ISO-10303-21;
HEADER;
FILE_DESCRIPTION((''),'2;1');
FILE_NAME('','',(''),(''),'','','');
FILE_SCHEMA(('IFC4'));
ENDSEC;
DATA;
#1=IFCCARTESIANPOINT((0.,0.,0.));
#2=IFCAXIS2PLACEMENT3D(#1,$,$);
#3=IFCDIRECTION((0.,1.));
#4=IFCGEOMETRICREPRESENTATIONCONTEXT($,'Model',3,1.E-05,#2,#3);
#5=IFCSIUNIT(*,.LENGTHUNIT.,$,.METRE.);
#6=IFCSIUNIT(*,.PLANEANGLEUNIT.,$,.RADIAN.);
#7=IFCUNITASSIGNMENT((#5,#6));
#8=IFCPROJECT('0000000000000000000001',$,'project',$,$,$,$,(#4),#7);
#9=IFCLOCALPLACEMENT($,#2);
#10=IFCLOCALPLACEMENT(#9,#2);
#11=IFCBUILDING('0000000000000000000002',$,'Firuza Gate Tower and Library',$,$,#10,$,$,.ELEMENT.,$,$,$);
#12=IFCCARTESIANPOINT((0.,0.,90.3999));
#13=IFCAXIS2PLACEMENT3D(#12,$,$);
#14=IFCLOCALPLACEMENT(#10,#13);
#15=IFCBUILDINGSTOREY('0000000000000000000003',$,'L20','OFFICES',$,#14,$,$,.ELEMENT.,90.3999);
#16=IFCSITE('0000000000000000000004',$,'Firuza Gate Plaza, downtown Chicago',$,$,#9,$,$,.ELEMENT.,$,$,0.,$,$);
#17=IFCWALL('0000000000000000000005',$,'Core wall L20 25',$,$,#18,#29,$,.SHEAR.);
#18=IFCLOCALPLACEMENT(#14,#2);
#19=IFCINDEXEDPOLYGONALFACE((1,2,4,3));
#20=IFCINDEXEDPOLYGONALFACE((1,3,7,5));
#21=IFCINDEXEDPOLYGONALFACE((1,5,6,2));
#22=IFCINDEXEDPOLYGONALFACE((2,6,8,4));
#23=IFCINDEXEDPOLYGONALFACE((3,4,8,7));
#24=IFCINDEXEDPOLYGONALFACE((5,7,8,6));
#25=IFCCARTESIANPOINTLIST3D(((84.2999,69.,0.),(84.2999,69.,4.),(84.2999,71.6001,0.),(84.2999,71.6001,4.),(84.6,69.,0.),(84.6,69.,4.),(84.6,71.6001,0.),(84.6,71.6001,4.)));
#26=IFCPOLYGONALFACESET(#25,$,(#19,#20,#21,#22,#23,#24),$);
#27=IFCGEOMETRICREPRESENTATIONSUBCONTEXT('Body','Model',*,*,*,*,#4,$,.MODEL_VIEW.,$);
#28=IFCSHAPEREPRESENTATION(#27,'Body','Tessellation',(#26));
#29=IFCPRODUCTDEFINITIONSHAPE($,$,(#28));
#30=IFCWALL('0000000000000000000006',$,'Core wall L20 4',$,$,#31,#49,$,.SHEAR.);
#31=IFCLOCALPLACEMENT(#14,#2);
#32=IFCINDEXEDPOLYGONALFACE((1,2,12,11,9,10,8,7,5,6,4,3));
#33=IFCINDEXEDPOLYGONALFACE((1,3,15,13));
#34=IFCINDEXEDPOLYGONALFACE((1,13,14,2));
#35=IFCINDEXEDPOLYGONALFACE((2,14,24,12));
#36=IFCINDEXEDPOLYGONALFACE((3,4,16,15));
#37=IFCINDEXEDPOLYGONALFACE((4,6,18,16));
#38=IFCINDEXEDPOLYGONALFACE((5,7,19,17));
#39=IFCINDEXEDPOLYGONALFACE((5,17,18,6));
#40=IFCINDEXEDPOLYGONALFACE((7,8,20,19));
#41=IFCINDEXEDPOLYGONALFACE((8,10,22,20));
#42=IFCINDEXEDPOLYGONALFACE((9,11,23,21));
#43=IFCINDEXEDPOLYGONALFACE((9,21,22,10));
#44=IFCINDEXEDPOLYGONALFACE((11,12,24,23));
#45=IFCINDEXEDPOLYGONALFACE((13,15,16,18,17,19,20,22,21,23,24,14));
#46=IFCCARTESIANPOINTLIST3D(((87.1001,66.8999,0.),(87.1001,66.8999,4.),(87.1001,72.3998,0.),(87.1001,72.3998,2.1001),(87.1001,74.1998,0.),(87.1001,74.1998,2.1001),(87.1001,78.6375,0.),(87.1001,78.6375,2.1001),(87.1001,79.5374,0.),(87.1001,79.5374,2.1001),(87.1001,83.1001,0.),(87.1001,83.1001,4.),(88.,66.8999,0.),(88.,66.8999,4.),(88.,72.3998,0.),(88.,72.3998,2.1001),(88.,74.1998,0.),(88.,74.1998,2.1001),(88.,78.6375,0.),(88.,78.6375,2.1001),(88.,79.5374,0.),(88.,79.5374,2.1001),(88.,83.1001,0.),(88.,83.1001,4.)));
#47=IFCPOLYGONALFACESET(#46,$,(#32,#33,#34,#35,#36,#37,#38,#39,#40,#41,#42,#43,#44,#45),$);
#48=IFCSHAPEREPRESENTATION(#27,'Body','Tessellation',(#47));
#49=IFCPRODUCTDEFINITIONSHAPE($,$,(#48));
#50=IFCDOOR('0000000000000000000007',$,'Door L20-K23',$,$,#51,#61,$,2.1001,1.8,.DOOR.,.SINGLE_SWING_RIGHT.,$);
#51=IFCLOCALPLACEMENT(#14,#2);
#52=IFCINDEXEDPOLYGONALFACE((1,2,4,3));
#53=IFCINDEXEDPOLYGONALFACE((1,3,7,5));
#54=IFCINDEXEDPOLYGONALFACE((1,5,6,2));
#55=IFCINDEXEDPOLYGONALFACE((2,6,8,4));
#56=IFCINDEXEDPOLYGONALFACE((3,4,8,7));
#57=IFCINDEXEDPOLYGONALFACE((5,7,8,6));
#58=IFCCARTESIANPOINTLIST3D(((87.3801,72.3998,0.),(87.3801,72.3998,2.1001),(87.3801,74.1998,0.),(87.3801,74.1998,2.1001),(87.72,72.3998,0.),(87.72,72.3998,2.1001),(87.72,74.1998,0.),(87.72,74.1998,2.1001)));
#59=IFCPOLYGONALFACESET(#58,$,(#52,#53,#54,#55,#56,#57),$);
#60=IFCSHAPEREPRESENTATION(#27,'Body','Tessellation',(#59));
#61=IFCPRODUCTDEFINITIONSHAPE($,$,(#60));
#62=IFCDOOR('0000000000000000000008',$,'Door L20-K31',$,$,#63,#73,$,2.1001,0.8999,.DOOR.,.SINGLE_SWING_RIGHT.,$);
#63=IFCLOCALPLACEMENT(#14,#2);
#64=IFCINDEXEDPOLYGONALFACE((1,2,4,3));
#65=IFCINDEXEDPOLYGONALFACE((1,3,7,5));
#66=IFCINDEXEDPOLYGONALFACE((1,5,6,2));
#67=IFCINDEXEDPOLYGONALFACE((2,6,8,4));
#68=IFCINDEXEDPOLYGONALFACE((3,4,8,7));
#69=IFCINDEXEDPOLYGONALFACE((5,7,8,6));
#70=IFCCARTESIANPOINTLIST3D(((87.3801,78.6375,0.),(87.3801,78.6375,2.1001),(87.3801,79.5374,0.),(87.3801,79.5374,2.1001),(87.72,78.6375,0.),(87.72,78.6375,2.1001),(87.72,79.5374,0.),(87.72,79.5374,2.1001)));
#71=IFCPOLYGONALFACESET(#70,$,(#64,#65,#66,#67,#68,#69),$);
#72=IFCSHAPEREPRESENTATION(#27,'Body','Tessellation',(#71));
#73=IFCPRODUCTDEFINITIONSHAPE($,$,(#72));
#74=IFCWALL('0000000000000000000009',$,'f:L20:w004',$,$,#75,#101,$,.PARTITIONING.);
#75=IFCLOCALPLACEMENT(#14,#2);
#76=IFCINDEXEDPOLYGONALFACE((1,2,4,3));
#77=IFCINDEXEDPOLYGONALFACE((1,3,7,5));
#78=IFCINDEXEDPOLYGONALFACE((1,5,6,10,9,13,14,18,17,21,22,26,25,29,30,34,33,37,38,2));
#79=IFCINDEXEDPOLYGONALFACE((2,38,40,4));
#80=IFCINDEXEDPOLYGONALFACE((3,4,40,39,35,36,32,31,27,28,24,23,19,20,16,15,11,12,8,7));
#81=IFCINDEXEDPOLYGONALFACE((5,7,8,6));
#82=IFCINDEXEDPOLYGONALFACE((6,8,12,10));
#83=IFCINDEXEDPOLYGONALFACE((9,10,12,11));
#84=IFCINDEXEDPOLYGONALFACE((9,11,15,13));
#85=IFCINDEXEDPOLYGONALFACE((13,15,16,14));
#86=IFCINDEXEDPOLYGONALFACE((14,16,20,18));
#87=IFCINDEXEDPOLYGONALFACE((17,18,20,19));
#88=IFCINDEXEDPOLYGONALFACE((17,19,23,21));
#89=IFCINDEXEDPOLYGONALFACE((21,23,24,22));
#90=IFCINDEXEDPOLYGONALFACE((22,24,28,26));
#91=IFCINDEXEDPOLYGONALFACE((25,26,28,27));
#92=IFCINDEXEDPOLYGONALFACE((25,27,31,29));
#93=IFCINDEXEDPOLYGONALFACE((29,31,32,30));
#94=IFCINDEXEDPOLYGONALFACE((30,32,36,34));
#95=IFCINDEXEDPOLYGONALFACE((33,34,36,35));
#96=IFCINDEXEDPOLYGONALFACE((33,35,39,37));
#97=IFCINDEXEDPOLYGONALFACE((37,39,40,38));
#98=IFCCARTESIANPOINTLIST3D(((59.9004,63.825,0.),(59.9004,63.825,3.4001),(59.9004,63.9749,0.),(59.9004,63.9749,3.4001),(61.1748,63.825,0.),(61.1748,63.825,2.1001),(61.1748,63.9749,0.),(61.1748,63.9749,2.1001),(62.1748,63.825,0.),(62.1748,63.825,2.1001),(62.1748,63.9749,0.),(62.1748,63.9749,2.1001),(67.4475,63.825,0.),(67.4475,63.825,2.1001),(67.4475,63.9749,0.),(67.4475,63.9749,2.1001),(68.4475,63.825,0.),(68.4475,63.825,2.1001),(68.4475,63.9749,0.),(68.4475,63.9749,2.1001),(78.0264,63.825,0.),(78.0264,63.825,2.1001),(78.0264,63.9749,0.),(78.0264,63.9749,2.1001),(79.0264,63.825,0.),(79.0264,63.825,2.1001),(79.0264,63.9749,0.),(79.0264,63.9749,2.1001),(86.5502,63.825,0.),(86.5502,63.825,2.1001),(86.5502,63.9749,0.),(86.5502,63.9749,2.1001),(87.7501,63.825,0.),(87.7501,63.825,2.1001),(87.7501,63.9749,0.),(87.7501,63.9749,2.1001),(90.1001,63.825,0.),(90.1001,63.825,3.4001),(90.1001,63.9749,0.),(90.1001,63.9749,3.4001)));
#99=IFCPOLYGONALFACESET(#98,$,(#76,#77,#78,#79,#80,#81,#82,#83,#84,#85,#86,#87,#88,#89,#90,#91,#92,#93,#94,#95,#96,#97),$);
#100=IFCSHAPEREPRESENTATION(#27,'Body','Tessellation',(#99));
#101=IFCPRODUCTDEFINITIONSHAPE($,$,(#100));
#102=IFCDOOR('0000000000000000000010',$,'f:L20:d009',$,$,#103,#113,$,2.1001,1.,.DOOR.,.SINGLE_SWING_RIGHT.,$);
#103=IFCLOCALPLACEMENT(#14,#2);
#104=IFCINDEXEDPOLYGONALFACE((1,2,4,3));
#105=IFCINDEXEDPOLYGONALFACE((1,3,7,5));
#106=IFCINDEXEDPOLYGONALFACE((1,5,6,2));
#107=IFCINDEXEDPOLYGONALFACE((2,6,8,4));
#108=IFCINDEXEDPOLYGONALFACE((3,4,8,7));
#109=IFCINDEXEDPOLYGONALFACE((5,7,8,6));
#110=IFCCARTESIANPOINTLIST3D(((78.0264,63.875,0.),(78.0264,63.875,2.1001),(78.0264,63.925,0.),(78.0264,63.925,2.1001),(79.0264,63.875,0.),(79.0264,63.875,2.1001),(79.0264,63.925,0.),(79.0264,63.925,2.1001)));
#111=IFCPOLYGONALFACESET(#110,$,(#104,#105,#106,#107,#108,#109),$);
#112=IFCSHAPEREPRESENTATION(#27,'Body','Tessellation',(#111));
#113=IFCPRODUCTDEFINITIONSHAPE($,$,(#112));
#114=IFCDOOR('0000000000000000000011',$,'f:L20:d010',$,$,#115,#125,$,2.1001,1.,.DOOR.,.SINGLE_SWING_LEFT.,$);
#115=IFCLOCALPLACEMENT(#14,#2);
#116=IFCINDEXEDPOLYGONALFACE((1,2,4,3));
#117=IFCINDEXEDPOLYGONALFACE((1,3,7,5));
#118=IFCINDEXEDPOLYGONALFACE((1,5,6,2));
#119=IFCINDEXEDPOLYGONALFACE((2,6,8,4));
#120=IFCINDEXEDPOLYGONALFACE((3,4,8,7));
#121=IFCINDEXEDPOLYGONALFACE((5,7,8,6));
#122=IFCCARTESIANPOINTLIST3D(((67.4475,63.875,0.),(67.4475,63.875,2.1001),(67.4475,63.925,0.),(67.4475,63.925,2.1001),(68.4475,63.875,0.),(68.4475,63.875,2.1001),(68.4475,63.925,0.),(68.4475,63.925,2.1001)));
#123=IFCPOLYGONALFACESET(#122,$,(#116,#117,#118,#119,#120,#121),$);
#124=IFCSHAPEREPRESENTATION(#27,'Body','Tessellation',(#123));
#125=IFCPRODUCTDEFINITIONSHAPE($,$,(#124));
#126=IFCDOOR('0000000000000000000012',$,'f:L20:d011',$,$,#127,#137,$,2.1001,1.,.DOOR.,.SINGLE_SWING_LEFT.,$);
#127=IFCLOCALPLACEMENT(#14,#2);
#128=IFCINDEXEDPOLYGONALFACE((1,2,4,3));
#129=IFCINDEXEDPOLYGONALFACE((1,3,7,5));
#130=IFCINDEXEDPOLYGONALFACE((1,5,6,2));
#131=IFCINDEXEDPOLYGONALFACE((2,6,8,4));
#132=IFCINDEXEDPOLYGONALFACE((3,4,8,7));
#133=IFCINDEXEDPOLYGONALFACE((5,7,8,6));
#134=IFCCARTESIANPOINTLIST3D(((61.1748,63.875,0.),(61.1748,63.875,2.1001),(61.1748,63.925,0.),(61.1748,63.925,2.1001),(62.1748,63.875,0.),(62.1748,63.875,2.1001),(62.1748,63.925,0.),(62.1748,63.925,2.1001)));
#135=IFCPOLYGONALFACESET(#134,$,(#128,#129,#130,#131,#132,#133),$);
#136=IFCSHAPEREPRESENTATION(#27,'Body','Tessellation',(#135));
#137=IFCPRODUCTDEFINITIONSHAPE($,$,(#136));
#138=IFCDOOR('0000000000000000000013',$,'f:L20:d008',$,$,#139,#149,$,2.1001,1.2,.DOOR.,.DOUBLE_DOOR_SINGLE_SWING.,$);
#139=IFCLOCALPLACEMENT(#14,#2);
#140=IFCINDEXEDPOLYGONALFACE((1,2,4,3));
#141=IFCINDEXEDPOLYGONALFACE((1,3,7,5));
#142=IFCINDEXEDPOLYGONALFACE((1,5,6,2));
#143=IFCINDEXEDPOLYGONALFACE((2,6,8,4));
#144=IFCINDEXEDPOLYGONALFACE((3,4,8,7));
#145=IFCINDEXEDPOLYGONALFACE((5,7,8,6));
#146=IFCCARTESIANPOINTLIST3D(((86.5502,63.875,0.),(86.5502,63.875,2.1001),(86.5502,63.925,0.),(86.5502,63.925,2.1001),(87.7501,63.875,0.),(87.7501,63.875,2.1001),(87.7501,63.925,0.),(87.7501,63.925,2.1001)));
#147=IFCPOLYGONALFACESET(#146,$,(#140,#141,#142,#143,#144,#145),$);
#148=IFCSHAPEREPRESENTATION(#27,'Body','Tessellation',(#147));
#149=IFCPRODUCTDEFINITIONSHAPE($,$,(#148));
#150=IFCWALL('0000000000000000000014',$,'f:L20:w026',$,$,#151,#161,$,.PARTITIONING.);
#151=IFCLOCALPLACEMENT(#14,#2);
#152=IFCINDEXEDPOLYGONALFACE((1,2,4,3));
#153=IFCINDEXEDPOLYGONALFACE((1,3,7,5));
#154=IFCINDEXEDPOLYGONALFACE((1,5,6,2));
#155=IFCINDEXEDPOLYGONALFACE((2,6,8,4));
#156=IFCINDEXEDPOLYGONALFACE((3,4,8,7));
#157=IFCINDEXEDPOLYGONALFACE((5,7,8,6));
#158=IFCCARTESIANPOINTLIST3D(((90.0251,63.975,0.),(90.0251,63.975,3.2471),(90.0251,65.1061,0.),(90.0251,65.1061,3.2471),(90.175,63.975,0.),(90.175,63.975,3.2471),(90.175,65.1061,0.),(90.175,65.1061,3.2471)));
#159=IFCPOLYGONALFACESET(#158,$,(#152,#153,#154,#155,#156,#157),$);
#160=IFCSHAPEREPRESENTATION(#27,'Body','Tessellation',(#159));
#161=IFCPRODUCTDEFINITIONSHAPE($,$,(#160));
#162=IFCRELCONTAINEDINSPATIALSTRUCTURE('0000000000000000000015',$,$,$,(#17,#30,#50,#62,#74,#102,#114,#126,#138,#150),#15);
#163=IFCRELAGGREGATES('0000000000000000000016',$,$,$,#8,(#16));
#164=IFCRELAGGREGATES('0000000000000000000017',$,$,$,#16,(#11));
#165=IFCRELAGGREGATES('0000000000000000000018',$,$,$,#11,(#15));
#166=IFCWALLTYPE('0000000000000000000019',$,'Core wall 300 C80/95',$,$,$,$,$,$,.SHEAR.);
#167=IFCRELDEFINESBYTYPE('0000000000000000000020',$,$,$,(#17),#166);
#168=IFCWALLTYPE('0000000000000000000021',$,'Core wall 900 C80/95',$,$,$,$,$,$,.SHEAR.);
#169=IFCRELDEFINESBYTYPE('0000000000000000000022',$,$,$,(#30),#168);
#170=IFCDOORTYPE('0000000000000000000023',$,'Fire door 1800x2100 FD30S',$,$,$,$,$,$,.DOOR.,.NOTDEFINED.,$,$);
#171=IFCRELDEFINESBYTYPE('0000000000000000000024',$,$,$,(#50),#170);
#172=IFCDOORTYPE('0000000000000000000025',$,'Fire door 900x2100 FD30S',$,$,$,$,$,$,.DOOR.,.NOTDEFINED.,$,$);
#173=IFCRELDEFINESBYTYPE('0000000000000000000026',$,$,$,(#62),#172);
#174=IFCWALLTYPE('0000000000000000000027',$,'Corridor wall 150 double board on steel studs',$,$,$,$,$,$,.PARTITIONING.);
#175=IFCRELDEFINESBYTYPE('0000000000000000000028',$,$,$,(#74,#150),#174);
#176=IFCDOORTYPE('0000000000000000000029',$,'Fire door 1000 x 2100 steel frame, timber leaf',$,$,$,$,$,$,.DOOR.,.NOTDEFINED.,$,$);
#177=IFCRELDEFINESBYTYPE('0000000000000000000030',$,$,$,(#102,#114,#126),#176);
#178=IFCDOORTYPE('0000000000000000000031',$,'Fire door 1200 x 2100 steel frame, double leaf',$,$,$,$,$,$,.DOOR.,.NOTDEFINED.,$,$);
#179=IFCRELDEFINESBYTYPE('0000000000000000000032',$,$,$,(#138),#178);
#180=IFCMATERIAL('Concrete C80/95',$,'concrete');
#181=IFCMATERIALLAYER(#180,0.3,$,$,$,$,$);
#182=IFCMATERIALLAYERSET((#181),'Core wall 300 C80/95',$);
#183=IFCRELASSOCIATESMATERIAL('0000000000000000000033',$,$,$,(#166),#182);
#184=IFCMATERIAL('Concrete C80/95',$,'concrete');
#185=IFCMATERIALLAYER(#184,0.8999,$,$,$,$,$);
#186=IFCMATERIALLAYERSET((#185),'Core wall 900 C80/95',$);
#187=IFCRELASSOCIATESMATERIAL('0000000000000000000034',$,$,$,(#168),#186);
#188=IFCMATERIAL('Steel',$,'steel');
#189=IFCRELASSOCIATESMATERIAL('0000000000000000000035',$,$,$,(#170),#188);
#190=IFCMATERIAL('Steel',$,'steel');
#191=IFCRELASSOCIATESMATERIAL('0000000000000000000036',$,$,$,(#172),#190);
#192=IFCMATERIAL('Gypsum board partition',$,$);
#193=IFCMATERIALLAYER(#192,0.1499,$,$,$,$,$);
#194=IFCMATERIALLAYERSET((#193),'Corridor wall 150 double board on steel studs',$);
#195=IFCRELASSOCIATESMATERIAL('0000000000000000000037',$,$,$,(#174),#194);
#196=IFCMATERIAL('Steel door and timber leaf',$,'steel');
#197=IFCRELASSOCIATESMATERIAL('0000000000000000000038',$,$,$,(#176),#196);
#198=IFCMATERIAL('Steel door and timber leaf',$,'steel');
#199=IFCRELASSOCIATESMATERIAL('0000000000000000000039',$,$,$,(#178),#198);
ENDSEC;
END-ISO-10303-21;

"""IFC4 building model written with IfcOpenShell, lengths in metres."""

from ifc_helpers import new_model, si_unit, direction, frame, frame_2d, origin, place, context, subcontext, project, spatial, rectangle, extrude, material, layer, layer_set, type_object, element, fill, save


model = new_model("IFC4")

# Units and contexts
model_context = context("Model", 3, precision=1e-05, world=origin(), true_north=direction((0.0, 1.0)))
body_context = subcontext(model_context, "Body", "Model", "MODEL_VIEW")
ifc_project = project(units=[si_unit("LENGTHUNIT", "METRE"), si_unit("PLANEANGLEUNIT", "RADIAN")], contexts=[model_context])

# Site, building, storey
site_placement = place(None, origin())
site = spatial("IfcSite", under=ifc_project, at=site_placement, Name="Firuza Gate Plaza, downtown Chicago", CompositionType="ELEMENT", RefElevation=0.0)
building_placement = place(site_placement, origin())
building = spatial("IfcBuilding", under=site, at=building_placement, Name="Firuza Gate Tower and Library", CompositionType="ELEMENT")
storey_placement = place(building_placement, frame((0.0, 0.0, 90.3999)))
storey = spatial("IfcBuildingStorey", under=building, at=storey_placement, Name="L20", Description="OFFICES", CompositionType="ELEMENT", Elevation=90.3999)

# Wall
ifc_material_1 = material(Name="Concrete C80/95", Category="concrete")
ifc_layer_1 = layer(ifc_material_1, 0.3)
ifc_layer_set_1 = layer_set([ifc_layer_1], Name="Core wall 300 C80/95")
wall_type_1 = type_object("IfcWallType", Name="Core wall 300 C80/95", PredefinedType="SHEAR", material=ifc_layer_set_1)
wall_1_placement = place(storey_placement, frame((84.45, 69.0, 0.0), z_axis=(0.0, 0.0, 1.0), x_axis=(0.0, 1.0, 0.0)))
element("IfcWall", 1, at=wall_1_placement, inside=storey, type_object=wall_type_1, Name="Core wall L20 25", PredefinedType="SHEAR", context=body_context, shape_type="SweptSolid", body=[
    extrude(rectangle(XDim=2.6001, YDim=0.3, at=frame_2d((1.3, 0.0))), origin(), (0.0, 0.0, 1.0), 4.0),
])

# Walls, openings, doors
ifc_material_2 = material(Name="Concrete C80/95", Category="concrete")
ifc_layer_2 = layer(ifc_material_2, 0.8999)
ifc_layer_set_2 = layer_set([ifc_layer_2], Name="Core wall 900 C80/95")
wall_type_2 = type_object("IfcWallType", Name="Core wall 900 C80/95", PredefinedType="SHEAR", material=ifc_layer_set_2)
wall_2_placement = place(storey_placement, frame((87.55, 66.8999, 0.0), z_axis=(0.0, 0.0, 1.0), x_axis=(0.0, 1.0, 0.0)))
wall_2 = element("IfcWall", 2, at=wall_2_placement, inside=storey, type_object=wall_type_2, Name="Core wall L20 4", PredefinedType="SHEAR", context=body_context, shape_type="SweptSolid", body=[
    extrude(rectangle(XDim=16.2002, YDim=0.8999, at=frame_2d((8.1001, 0.0))), origin(), (0.0, 0.0, 1.0), 4.0),
])
opening_1_placement = place(wall_2_placement, frame((5.5, 0.0, 0.0)))
opening_1 = element("IfcOpeningElement", 3, at=opening_1_placement, cuts=wall_2, PredefinedType="OPENING", context=body_context, shape_type="SweptSolid", body=[
    extrude(rectangle(XDim=1.8, YDim=2.1001, at=frame_2d((0.8999, 1.05))), frame((0.0, 0.46, 0.0), z_axis=(0.0, -1.0, 0.0), x_axis=(1.0, 0.0, 0.0)), (0.0, 0.0, 1.0), 0.9199),
])
opening_2_placement = place(wall_2_placement, frame((11.7375, 0.0, 0.0)))
opening_2 = element("IfcOpeningElement", 4, at=opening_2_placement, cuts=wall_2, PredefinedType="OPENING", context=body_context, shape_type="SweptSolid", body=[
    extrude(rectangle(XDim=0.8999, YDim=2.1001, at=frame_2d((0.45, 1.05))), frame((0.0, 0.46, 0.0), z_axis=(0.0, -1.0, 0.0), x_axis=(1.0, 0.0, 0.0)), (0.0, 0.0, 1.0), 0.9199),
])
ifc_material_3 = material(Name="Steel", Category="steel")
door_type_1 = type_object("IfcDoorType", Name="Fire door 1800x2100 FD30S", OperationType="NOTDEFINED", PredefinedType="DOOR", material=ifc_material_3)
door_1_placement = place(opening_1_placement, origin())
door_1 = element("IfcDoor", 5, at=door_1_placement, inside=storey, type_object=door_type_1, Name="Door L20-K23", OperationType="SINGLE_SWING_RIGHT", OverallHeight=2.1001, OverallWidth=1.8, PredefinedType="DOOR", context=body_context, shape_type="SweptSolid", body=[
    extrude(rectangle(XDim=1.8, YDim=2.1001, at=frame_2d((0.8999, 1.05))), frame((0.0, 0.1699, 0.0), z_axis=(0.0, -1.0, 0.0), x_axis=(1.0, 0.0, 0.0)), (0.0, 0.0, 1.0), 0.3398),
])
fill(opening_1, door_1)
ifc_material_4 = material(Name="Steel", Category="steel")
door_type_2 = type_object("IfcDoorType", Name="Fire door 900x2100 FD30S", OperationType="NOTDEFINED", PredefinedType="DOOR", material=ifc_material_4)
door_2_placement = place(opening_2_placement, origin())
door_2 = element("IfcDoor", 6, at=door_2_placement, inside=storey, type_object=door_type_2, Name="Door L20-K31", OperationType="SINGLE_SWING_RIGHT", OverallHeight=2.1001, OverallWidth=0.8999, PredefinedType="DOOR", context=body_context, shape_type="SweptSolid", body=[
    extrude(rectangle(XDim=0.8999, YDim=2.1001, at=frame_2d((0.45, 1.05))), frame((0.0, 0.1699, 0.0), z_axis=(0.0, -1.0, 0.0), x_axis=(1.0, 0.0, 0.0)), (0.0, 0.0, 1.0), 0.3398),
])
fill(opening_2, door_2)
ifc_material_5 = material(Name="Gypsum board partition")
ifc_layer_3 = layer(ifc_material_5, 0.1499)
ifc_layer_set_3 = layer_set([ifc_layer_3], Name="Corridor wall 150 double board on steel studs")
wall_type_3 = type_object("IfcWallType", Name="Corridor wall 150 double board on steel studs", PredefinedType="PARTITIONING", material=ifc_layer_set_3)
wall_3_placement = place(storey_placement, frame((90.1001, 63.8999, 0.0), z_axis=(0.0, 0.0, 1.0), x_axis=(-1.0, 0.0, 0.0)))
wall_3 = element("IfcWall", 7, at=wall_3_placement, inside=storey, type_object=wall_type_3, Name="f:L20:w004", PredefinedType="PARTITIONING", context=body_context, shape_type="SweptSolid", body=[
    extrude(rectangle(XDim=30.1997, YDim=0.1499, at=frame_2d((15.0999, 0.0))), origin(), (0.0, 0.0, 1.0), 3.4001),
])
opening_3_placement = place(wall_3_placement, frame((2.3499, 0.0, 0.0)))
opening_3 = element("IfcOpeningElement", 8, at=opening_3_placement, cuts=wall_3, PredefinedType="OPENING", context=body_context, shape_type="SweptSolid", body=[
    extrude(rectangle(XDim=1.2, YDim=2.1001, at=frame_2d((0.6001, 1.05))), frame((0.0, 0.085, 0.0), z_axis=(0.0, -1.0, 0.0), x_axis=(1.0, 0.0, 0.0)), (0.0, 0.0, 1.0), 0.1699),
])
opening_4_placement = place(wall_3_placement, frame((11.0737, 0.0, 0.0)))
opening_4 = element("IfcOpeningElement", 9, at=opening_4_placement, cuts=wall_3, PredefinedType="OPENING", context=body_context, shape_type="SweptSolid", body=[
    extrude(rectangle(XDim=1.0, YDim=2.1001, at=frame_2d((0.5, 1.05))), frame((0.0, 0.085, 0.0), z_axis=(0.0, -1.0, 0.0), x_axis=(1.0, 0.0, 0.0)), (0.0, 0.0, 1.0), 0.1699),
])
opening_5_placement = place(wall_3_placement, frame((21.6526, 0.0, 0.0)))
opening_5 = element("IfcOpeningElement", 10, at=opening_5_placement, cuts=wall_3, PredefinedType="OPENING", context=body_context, shape_type="SweptSolid", body=[
    extrude(rectangle(XDim=1.0, YDim=2.1001, at=frame_2d((0.5, 1.05))), frame((0.0, 0.085, 0.0), z_axis=(0.0, -1.0, 0.0), x_axis=(1.0, 0.0, 0.0)), (0.0, 0.0, 1.0), 0.1699),
])
opening_6_placement = place(wall_3_placement, frame((27.9253, 0.0, 0.0)))
opening_6 = element("IfcOpeningElement", 11, at=opening_6_placement, cuts=wall_3, PredefinedType="OPENING", context=body_context, shape_type="SweptSolid", body=[
    extrude(rectangle(XDim=1.0, YDim=2.1001, at=frame_2d((0.5, 1.05))), frame((0.0, 0.085, 0.0), z_axis=(0.0, -1.0, 0.0), x_axis=(1.0, 0.0, 0.0)), (0.0, 0.0, 1.0), 0.1699),
])
ifc_material_6 = material(Name="Steel door and timber leaf", Category="steel")
door_type_3 = type_object("IfcDoorType", Name="Fire door 1000 x 2100 steel frame, timber leaf", OperationType="NOTDEFINED", PredefinedType="DOOR", material=ifc_material_6)
door_3_placement = place(opening_4_placement, origin())
door_3 = element("IfcDoor", 12, at=door_3_placement, inside=storey, type_object=door_type_3, Name="f:L20:d009", OperationType="SINGLE_SWING_RIGHT", OverallHeight=2.1001, OverallWidth=1.0, PredefinedType="DOOR", context=body_context, shape_type="SweptSolid", body=[
    extrude(rectangle(XDim=1.0, YDim=2.1001, at=frame_2d((0.5, 1.05))), frame((0.0, 0.0249, 0.0), z_axis=(0.0, -1.0, 0.0), x_axis=(1.0, 0.0, 0.0)), (0.0, 0.0, 1.0), 0.05),
])
fill(opening_4, door_3)
door_4_placement = place(opening_5_placement, origin())
door_4 = element("IfcDoor", 13, at=door_4_placement, inside=storey, type_object=door_type_3, Name="f:L20:d010", OperationType="SINGLE_SWING_LEFT", OverallHeight=2.1001, OverallWidth=1.0, PredefinedType="DOOR", context=body_context, shape_type="SweptSolid", body=[
    extrude(rectangle(XDim=1.0, YDim=2.1001, at=frame_2d((0.5, 1.05))), frame((0.0, 0.0249, 0.0), z_axis=(0.0, -1.0, 0.0), x_axis=(1.0, 0.0, 0.0)), (0.0, 0.0, 1.0), 0.05),
])
fill(opening_5, door_4)
door_5_placement = place(opening_6_placement, origin())
door_5 = element("IfcDoor", 14, at=door_5_placement, inside=storey, type_object=door_type_3, Name="f:L20:d011", OperationType="SINGLE_SWING_LEFT", OverallHeight=2.1001, OverallWidth=1.0, PredefinedType="DOOR", context=body_context, shape_type="SweptSolid", body=[
    extrude(rectangle(XDim=1.0, YDim=2.1001, at=frame_2d((0.5, 1.05))), frame((0.0, 0.0249, 0.0), z_axis=(0.0, -1.0, 0.0), x_axis=(1.0, 0.0, 0.0)), (0.0, 0.0, 1.0), 0.05),
])
fill(opening_6, door_5)
ifc_material_7 = material(Name="Steel door and timber leaf", Category="steel")
door_type_4 = type_object("IfcDoorType", Name="Fire door 1200 x 2100 steel frame, double leaf", OperationType="NOTDEFINED", PredefinedType="DOOR", material=ifc_material_7)
door_6_placement = place(opening_3_placement, origin())
door_6 = element("IfcDoor", 15, at=door_6_placement, inside=storey, type_object=door_type_4, Name="f:L20:d008", OperationType="DOUBLE_DOOR_SINGLE_SWING", OverallHeight=2.1001, OverallWidth=1.2, PredefinedType="DOOR", context=body_context, shape_type="SweptSolid", body=[
    extrude(rectangle(XDim=1.2, YDim=2.1001, at=frame_2d((0.6001, 1.05))), frame((0.0, 0.0249, 0.0), z_axis=(0.0, -1.0, 0.0), x_axis=(1.0, 0.0, 0.0)), (0.0, 0.0, 1.0), 0.05),
])
fill(opening_3, door_6)

# Wall
wall_4_placement = place(storey_placement, frame((90.1001, 63.9751, 0.0), z_axis=(0.0, 0.0, 1.0), x_axis=(0.0, 1.0, 0.0)))
element("IfcWall", 16, at=wall_4_placement, inside=storey, type_object=wall_type_3, Name="f:L20:w026", PredefinedType="PARTITIONING", context=body_context, shape_type="SweptSolid", body=[
    extrude(rectangle(XDim=1.1311, YDim=0.1499, at=frame_2d((0.5654, 0.0))), origin(), (0.0, 0.0, 1.0), 3.2471),
])

save(model, "model.ifc")
